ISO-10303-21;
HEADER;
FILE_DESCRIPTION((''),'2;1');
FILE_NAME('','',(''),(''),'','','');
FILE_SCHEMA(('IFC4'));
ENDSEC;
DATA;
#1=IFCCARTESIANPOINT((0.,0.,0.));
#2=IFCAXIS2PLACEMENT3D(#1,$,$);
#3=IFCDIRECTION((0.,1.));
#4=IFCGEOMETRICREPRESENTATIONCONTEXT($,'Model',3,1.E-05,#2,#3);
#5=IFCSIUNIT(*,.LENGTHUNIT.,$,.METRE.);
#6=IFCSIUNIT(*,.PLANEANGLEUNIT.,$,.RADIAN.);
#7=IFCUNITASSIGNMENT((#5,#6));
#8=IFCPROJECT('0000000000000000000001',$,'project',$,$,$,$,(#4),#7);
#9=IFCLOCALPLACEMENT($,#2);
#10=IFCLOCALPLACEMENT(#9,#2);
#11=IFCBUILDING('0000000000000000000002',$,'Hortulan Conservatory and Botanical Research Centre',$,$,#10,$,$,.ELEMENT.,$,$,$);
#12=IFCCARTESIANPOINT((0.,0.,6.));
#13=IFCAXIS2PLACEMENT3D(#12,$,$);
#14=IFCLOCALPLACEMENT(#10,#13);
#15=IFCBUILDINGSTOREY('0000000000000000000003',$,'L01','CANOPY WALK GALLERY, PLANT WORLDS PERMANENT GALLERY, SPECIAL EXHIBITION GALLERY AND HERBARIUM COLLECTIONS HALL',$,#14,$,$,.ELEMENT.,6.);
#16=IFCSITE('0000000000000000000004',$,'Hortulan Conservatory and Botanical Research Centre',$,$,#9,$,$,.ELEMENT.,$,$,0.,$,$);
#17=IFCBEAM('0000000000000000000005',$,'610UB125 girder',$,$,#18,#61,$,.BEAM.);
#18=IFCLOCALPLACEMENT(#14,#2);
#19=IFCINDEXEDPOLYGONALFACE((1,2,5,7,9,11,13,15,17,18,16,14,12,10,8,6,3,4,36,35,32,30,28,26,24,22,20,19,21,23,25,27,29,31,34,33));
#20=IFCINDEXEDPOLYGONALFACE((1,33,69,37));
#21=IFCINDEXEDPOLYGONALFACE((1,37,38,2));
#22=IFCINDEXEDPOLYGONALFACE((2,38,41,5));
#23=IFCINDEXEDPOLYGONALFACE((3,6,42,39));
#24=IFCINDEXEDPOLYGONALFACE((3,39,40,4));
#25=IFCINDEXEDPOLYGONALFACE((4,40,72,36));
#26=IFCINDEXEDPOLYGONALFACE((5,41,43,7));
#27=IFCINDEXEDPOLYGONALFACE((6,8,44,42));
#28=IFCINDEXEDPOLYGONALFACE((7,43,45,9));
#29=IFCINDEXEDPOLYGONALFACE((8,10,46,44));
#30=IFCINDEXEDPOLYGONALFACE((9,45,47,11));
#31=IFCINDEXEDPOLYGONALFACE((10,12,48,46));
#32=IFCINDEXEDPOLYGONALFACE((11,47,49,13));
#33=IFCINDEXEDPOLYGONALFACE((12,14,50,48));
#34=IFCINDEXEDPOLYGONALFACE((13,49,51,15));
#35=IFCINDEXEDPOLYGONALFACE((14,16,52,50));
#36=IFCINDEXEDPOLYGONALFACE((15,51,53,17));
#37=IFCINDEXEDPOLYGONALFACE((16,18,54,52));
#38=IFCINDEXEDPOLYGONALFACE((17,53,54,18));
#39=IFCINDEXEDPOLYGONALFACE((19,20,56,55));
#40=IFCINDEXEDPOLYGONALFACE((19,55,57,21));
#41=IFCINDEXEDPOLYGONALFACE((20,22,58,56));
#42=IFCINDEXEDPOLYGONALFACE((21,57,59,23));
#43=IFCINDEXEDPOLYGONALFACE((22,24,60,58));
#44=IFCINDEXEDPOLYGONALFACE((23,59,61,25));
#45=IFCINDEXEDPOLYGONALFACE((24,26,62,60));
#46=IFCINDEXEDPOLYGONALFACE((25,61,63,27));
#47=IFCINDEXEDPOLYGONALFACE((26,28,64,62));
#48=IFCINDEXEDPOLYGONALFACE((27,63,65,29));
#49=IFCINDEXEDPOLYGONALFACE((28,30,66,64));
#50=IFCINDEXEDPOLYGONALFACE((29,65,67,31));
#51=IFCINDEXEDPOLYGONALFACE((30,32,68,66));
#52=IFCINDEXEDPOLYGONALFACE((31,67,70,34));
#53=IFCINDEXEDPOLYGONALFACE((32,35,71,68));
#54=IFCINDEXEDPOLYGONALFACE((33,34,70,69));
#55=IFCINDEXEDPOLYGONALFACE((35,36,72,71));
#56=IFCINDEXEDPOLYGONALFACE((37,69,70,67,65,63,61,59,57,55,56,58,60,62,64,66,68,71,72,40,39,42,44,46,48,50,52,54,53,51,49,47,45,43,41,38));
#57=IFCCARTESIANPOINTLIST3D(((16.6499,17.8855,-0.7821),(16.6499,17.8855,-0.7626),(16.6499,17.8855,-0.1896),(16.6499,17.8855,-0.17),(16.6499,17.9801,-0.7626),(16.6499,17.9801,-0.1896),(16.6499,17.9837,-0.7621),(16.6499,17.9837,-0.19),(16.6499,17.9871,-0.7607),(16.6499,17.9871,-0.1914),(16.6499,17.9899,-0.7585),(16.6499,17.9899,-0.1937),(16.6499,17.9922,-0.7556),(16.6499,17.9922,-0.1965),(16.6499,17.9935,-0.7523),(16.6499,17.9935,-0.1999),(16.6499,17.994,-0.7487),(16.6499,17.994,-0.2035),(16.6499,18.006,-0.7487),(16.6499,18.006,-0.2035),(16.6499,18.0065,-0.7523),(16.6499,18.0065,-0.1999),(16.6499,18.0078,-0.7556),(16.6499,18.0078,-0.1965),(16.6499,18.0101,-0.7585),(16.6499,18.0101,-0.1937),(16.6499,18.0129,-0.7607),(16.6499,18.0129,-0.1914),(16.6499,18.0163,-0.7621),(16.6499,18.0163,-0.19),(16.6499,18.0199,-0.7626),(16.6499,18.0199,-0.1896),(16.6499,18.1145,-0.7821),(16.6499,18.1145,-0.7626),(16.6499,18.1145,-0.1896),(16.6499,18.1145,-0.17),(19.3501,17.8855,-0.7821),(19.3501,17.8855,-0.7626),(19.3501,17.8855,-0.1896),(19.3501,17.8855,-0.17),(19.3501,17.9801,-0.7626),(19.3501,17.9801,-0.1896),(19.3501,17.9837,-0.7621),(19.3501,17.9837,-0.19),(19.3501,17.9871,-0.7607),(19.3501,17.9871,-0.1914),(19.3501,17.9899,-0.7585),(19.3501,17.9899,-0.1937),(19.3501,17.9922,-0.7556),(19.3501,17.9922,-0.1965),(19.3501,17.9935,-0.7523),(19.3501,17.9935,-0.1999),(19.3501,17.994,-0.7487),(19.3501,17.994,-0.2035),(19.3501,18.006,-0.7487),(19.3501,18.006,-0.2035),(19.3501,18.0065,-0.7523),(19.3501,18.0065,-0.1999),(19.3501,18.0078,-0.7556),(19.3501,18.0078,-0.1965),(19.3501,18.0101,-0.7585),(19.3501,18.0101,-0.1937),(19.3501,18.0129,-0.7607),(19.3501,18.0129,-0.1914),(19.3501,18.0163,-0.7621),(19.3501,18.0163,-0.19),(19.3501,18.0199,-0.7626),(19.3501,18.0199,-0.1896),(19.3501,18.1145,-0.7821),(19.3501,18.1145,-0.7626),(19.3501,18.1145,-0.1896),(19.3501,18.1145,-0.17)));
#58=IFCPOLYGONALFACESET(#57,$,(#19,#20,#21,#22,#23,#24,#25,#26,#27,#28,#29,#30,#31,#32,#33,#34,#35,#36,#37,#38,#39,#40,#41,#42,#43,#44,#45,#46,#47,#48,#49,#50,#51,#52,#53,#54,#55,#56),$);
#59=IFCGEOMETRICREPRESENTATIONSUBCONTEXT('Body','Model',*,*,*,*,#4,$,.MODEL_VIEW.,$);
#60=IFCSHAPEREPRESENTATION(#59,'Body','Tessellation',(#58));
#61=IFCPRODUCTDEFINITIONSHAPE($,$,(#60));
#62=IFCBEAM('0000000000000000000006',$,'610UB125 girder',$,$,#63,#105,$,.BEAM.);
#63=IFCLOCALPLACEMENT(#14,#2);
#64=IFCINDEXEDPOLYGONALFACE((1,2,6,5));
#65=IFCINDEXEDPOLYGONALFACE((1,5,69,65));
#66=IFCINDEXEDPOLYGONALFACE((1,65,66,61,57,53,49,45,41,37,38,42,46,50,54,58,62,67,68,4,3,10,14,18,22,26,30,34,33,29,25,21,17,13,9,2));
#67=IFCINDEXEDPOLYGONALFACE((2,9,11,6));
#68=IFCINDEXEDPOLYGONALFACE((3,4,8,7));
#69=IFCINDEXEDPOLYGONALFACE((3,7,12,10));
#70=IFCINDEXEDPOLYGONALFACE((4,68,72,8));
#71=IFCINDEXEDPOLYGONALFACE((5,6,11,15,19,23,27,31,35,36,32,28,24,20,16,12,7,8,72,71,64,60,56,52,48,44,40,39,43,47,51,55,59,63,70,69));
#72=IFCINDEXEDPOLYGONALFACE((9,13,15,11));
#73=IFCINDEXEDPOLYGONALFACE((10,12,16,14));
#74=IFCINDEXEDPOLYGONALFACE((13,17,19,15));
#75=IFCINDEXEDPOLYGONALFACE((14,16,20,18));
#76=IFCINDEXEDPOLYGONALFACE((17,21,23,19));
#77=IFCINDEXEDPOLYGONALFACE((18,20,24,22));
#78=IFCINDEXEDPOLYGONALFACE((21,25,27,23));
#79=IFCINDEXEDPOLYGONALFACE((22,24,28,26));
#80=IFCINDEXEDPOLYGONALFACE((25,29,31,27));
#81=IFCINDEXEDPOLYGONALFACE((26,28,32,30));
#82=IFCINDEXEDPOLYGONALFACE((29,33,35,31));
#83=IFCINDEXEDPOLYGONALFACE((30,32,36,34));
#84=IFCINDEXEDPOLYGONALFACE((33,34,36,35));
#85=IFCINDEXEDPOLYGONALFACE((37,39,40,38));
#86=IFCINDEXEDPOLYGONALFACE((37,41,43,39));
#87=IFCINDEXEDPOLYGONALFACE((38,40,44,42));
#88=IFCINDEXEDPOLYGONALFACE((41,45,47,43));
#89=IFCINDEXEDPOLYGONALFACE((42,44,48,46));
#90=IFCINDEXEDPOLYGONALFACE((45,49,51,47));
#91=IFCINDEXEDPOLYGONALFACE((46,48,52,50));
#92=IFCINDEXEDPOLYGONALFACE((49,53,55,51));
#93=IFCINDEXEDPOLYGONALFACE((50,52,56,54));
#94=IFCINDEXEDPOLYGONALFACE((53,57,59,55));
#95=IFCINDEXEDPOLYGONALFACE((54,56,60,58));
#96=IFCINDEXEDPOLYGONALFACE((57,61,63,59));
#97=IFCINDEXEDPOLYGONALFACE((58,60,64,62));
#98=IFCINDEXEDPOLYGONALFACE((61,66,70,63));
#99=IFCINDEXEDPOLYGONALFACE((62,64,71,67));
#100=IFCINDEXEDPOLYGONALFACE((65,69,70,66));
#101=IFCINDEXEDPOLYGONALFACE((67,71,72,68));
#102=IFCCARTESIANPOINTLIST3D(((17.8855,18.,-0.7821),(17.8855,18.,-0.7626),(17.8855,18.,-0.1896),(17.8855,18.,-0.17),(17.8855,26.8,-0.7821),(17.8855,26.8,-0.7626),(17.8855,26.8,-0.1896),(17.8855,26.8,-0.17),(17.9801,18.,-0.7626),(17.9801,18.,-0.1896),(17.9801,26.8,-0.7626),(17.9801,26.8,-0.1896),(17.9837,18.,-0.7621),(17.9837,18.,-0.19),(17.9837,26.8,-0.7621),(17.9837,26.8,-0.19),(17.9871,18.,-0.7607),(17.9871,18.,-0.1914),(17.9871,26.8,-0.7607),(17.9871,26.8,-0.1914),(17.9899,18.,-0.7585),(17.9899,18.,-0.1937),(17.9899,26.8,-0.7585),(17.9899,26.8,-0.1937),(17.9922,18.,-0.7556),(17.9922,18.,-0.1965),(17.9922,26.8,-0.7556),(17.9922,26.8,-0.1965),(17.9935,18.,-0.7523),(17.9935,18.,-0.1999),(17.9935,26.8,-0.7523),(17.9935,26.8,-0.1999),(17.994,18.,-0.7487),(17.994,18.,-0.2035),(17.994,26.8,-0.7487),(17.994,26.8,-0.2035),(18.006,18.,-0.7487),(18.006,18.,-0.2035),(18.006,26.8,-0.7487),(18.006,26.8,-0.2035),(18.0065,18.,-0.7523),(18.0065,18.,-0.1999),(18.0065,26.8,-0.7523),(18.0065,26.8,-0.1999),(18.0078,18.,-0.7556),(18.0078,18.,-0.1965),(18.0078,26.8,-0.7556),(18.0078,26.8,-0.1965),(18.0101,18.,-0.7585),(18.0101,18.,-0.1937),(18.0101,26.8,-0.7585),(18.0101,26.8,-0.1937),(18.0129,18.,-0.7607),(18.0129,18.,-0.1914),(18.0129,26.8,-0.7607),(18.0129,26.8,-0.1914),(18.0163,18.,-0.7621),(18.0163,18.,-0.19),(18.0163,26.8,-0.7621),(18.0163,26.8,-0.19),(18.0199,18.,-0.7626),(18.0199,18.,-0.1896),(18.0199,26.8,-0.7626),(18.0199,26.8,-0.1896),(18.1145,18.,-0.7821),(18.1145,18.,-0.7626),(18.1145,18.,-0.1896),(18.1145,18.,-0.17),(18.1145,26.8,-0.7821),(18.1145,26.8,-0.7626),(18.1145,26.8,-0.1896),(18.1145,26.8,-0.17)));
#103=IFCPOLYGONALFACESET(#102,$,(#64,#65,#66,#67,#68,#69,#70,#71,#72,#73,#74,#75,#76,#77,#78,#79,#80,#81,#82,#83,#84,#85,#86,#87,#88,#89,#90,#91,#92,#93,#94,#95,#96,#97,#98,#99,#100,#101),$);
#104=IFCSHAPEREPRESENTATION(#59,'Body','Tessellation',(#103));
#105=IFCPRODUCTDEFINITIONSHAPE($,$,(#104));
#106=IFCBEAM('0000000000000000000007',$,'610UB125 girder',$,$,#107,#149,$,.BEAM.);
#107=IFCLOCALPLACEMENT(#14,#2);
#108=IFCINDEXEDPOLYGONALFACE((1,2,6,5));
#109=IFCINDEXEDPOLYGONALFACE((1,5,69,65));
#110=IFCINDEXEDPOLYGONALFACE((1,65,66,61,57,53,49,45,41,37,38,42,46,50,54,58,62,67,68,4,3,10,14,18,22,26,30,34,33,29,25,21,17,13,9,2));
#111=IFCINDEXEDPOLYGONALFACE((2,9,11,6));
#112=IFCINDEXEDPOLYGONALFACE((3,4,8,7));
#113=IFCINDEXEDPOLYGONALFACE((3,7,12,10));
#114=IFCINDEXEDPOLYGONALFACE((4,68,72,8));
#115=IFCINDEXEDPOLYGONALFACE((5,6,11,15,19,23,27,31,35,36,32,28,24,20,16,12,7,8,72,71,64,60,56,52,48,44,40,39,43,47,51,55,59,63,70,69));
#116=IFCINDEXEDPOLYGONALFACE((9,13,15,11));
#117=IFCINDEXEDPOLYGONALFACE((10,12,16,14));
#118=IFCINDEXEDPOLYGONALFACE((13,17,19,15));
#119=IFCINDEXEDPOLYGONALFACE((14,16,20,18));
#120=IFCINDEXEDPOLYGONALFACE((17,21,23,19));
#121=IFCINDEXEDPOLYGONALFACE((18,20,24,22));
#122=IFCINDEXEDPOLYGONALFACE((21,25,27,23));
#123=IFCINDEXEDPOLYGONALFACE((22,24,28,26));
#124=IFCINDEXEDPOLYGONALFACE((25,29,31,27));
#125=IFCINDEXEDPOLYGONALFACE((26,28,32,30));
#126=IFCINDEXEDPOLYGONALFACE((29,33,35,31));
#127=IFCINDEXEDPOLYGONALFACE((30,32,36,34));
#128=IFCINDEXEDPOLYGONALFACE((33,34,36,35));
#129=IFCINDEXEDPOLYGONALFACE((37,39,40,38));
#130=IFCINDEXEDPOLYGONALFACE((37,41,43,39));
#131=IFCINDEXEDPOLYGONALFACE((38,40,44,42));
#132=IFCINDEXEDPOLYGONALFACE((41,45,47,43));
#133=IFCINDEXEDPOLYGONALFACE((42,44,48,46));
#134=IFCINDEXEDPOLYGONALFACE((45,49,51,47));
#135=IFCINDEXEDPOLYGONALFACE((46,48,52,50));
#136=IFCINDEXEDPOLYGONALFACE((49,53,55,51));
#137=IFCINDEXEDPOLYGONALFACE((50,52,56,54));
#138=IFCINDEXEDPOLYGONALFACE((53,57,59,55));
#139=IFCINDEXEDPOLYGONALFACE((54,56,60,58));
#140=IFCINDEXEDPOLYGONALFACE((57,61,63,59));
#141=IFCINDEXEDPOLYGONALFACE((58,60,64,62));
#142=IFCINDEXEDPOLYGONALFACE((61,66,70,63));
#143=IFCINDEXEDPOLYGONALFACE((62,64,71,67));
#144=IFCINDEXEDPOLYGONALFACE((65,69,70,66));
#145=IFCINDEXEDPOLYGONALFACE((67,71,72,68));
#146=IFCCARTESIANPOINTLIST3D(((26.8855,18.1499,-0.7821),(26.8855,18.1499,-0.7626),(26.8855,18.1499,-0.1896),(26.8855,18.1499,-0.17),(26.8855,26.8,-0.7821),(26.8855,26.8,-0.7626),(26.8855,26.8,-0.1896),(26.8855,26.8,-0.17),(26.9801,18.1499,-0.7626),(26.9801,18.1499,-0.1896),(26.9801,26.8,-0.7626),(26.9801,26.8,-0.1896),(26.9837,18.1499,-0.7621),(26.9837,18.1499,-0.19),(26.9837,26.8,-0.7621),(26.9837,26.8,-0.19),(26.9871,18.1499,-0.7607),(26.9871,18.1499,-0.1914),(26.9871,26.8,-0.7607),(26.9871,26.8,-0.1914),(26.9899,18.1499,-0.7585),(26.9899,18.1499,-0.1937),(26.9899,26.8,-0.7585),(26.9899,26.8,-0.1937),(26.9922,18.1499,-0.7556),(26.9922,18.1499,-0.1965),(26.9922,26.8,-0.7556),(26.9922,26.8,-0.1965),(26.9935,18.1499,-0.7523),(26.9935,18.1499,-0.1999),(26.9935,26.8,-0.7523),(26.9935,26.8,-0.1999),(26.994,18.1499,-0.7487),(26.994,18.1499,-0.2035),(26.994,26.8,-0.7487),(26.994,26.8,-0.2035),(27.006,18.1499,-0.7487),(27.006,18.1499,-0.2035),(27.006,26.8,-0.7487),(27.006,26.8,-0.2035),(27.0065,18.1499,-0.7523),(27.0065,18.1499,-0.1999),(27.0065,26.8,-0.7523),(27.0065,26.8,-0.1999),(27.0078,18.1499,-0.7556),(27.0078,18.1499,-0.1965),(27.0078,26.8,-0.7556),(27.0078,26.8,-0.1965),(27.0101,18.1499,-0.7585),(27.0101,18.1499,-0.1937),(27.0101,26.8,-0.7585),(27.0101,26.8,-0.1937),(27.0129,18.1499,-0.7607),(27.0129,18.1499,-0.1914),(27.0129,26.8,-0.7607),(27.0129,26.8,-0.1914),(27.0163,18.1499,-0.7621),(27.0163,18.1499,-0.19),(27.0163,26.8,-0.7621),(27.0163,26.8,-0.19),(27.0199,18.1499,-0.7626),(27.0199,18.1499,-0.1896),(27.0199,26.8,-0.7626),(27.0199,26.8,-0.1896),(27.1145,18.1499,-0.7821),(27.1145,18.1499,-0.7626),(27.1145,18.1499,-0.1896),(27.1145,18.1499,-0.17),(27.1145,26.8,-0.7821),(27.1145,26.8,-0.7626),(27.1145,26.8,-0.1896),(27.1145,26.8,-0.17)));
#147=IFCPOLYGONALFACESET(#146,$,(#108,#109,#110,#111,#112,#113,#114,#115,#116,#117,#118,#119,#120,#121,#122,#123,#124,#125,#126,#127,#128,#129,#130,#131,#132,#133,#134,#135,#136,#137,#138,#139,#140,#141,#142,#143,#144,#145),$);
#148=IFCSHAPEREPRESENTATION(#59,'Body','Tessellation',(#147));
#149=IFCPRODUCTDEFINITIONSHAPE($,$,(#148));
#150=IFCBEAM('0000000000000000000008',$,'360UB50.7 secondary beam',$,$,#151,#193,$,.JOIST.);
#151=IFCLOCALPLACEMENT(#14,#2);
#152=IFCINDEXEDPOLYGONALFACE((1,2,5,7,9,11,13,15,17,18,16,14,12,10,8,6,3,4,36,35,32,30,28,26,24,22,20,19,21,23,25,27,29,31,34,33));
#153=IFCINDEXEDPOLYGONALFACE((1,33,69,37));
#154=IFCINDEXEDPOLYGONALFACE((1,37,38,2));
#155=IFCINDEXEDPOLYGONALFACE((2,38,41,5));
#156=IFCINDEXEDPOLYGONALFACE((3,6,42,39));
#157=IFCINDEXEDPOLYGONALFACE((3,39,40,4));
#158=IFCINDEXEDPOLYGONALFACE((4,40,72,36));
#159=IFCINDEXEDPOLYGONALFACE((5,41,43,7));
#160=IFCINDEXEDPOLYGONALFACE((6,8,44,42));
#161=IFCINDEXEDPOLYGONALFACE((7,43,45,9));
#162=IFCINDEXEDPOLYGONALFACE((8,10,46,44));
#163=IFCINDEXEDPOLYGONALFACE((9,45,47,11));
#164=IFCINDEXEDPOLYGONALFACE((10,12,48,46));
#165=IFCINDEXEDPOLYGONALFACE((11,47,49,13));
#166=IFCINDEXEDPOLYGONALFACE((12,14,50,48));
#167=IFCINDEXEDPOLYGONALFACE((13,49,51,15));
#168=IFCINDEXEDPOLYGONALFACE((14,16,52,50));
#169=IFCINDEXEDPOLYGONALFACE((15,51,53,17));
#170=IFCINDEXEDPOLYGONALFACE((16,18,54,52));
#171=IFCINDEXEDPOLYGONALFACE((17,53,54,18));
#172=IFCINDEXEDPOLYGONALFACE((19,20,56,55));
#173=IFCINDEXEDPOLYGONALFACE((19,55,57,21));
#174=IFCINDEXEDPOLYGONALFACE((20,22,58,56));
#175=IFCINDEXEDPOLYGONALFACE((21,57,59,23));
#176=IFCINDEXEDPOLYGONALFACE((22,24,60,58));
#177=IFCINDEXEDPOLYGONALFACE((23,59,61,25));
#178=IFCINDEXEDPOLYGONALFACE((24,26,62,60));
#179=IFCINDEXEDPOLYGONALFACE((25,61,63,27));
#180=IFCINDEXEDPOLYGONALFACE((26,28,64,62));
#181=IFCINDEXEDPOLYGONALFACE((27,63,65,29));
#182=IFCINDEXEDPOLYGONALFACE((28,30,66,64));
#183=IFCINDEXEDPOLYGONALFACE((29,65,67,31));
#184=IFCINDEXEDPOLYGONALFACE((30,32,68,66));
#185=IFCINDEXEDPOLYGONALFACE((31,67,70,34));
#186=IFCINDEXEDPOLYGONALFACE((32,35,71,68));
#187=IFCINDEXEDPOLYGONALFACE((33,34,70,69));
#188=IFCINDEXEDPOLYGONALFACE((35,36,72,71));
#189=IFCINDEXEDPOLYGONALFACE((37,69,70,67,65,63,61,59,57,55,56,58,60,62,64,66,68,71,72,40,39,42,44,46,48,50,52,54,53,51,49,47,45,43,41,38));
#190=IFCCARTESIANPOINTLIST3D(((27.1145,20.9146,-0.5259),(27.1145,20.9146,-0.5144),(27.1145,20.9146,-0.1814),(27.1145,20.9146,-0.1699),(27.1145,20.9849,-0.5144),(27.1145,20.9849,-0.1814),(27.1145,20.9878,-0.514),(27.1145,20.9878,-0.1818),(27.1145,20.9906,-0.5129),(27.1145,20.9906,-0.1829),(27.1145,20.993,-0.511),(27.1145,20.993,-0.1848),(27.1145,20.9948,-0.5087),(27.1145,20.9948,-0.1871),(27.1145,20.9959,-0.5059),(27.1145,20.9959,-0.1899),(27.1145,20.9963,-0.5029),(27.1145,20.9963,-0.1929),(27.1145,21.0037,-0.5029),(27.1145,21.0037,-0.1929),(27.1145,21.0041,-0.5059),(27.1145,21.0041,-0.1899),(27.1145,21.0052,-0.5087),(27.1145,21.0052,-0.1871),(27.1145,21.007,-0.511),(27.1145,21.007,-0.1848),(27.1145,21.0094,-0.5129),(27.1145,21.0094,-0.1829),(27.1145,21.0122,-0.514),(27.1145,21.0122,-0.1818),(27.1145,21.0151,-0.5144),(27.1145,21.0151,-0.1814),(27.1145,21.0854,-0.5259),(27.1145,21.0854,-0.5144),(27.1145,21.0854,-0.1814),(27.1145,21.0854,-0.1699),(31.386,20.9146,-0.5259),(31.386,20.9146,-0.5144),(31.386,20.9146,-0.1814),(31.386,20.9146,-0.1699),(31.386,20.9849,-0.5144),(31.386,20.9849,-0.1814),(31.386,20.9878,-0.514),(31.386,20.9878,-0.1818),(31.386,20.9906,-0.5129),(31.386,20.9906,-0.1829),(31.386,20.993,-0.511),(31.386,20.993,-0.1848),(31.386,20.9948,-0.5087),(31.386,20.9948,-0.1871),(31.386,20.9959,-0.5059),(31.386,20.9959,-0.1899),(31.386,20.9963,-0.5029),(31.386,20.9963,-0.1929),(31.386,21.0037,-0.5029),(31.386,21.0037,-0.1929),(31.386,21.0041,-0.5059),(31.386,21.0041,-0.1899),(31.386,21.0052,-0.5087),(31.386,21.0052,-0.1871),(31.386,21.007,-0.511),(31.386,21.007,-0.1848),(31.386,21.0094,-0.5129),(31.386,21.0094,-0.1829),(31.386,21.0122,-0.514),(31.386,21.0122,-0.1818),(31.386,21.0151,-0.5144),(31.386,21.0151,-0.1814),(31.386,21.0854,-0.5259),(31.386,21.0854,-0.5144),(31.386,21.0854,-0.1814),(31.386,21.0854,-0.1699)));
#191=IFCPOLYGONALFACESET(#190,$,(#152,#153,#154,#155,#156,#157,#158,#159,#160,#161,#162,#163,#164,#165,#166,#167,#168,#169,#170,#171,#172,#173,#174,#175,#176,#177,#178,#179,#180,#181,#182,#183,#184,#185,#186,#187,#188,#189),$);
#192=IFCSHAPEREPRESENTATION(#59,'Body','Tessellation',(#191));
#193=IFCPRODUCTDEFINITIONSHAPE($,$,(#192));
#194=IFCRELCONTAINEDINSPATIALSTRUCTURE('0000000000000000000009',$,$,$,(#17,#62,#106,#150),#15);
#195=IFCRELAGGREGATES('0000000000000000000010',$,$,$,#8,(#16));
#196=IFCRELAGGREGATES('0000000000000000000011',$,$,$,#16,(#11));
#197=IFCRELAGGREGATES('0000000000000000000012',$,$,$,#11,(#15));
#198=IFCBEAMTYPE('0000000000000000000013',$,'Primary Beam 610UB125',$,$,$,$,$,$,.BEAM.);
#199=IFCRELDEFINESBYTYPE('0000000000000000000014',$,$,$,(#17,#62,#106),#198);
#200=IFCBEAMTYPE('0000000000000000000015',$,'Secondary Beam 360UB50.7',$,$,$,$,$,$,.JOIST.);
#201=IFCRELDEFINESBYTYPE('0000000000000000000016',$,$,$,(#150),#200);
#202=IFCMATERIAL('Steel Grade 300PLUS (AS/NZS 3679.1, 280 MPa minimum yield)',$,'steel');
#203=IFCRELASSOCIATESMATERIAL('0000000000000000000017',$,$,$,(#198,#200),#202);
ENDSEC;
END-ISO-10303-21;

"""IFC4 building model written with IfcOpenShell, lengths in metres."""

from ifc_helpers import new_model, si_unit, direction, frame, origin, origin_2d, place, context, subcontext, project, spatial, i_section, extrude, material, material_profile, profile_set, type_object, element, save


model = new_model("IFC4")

# Units and contexts
model_context = context("Model", 3, precision=1e-05, world=origin(), true_north=direction((0.0, 1.0)))
body_context = subcontext(model_context, "Body", "Model", "MODEL_VIEW")
ifc_project = project(units=[si_unit("LENGTHUNIT", "METRE"), si_unit("PLANEANGLEUNIT", "RADIAN")], contexts=[model_context])

# Site, building, storey
site_placement = place(None, origin())
site = spatial("IfcSite", under=ifc_project, at=site_placement, Name="Hortulan Conservatory and Botanical Research Centre", CompositionType="ELEMENT", RefElevation=0.0)
building_placement = place(site_placement, origin())
building = spatial("IfcBuilding", under=site, at=building_placement, Name="Hortulan Conservatory and Botanical Research Centre", CompositionType="ELEMENT")
storey_placement = place(building_placement, frame((0.0, 0.0, 6.0)))
storey = spatial("IfcBuildingStorey", under=building, at=storey_placement, Name="L01", Description="CANOPY WALK GALLERY, PLANT WORLDS PERMANENT GALLERY, SPECIAL EXHIBITION GALLERY AND HERBARIUM COLLECTIONS HALL", CompositionType="ELEMENT", Elevation=6.0)

# Beams
ifc_material_1 = material(Name="Steel Grade 300PLUS (AS/NZS 3679.1, 280 MPa minimum yield)", Category="steel")
ifc_material_profile_1 = material_profile(ifc_material_1, i_section(OverallWidth=0.229, OverallDepth=0.6121, WebThickness=0.012, FlangeThickness=0.0195, FilletRadius=0.0139, at=origin_2d()), Name="610UB125")
ifc_profile_set_1 = profile_set([ifc_material_profile_1], Name="Steel Grade 300PLUS (AS/NZS 3679.1, 280 MPa minimum yield)")
beam_type_1 = type_object("IfcBeamType", Name="Primary Beam 610UB125", PredefinedType="BEAM", material=ifc_profile_set_1)
beam_1_placement = place(storey_placement, frame((16.6499, 18.0, -0.4761), z_axis=(1.0, 0.0, 0.0), x_axis=(0.0, 1.0, 0.0)))
element("IfcBeam", 1, at=beam_1_placement, inside=storey, type_object=beam_type_1, Name="610UB125 girder", PredefinedType="BEAM", context=body_context, shape_type="SweptSolid", body=[
    extrude(i_section(OverallWidth=0.229, OverallDepth=0.6121, WebThickness=0.012, FlangeThickness=0.0195, FilletRadius=0.0139, at=origin_2d()), origin(), (0.0, 0.0, 1.0), 2.7002),
])
beam_2_placement = place(storey_placement, frame((18.0, 18.0, -0.4761), z_axis=(0.0, 1.0, 0.0), x_axis=(-1.0, 0.0, 0.0)))
element("IfcBeam", 2, at=beam_2_placement, inside=storey, type_object=beam_type_1, Name="610UB125 girder", PredefinedType="BEAM", context=body_context, shape_type="SweptSolid", body=[
    extrude(i_section(OverallWidth=0.229, OverallDepth=0.6121, WebThickness=0.012, FlangeThickness=0.0195, FilletRadius=0.0139, at=origin_2d()), origin(), (0.0, 0.0, 1.0), 8.8),
])
beam_3_placement = place(storey_placement, frame((27.0, 18.1499, -0.4761), z_axis=(0.0, 1.0, 0.0), x_axis=(-1.0, 0.0, 0.0)))
element("IfcBeam", 3, at=beam_3_placement, inside=storey, type_object=beam_type_1, Name="610UB125 girder", PredefinedType="BEAM", context=body_context, shape_type="SweptSolid", body=[
    extrude(i_section(OverallWidth=0.229, OverallDepth=0.6121, WebThickness=0.012, FlangeThickness=0.0195, FilletRadius=0.0139, at=origin_2d()), origin(), (0.0, 0.0, 1.0), 8.6501),
])
ifc_material_profile_2 = material_profile(ifc_material_1, i_section(OverallWidth=0.1709, OverallDepth=0.356, WebThickness=0.0073, FlangeThickness=0.0115, FilletRadius=0.0115, at=origin_2d()), Name="360UB50.7")
ifc_profile_set_2 = profile_set([ifc_material_profile_2], Name="Steel Grade 300PLUS (AS/NZS 3679.1, 280 MPa minimum yield)")
beam_type_2 = type_object("IfcBeamType", Name="Secondary Beam 360UB50.7", PredefinedType="JOIST", material=ifc_profile_set_2)
beam_4_placement = place(storey_placement, frame((27.1145, 21.0, -0.3479), z_axis=(1.0, 0.0, 0.0), x_axis=(0.0, 1.0, 0.0)))
element("IfcBeam", 4, at=beam_4_placement, inside=storey, type_object=beam_type_2, Name="360UB50.7 secondary beam", PredefinedType="JOIST", context=body_context, shape_type="SweptSolid", body=[
    extrude(i_section(OverallWidth=0.1709, OverallDepth=0.356, WebThickness=0.0073, FlangeThickness=0.0115, FilletRadius=0.0115, at=origin_2d()), origin(), (0.0, 0.0, 1.0), 4.2715),
])

save(model, "model.ifc")
